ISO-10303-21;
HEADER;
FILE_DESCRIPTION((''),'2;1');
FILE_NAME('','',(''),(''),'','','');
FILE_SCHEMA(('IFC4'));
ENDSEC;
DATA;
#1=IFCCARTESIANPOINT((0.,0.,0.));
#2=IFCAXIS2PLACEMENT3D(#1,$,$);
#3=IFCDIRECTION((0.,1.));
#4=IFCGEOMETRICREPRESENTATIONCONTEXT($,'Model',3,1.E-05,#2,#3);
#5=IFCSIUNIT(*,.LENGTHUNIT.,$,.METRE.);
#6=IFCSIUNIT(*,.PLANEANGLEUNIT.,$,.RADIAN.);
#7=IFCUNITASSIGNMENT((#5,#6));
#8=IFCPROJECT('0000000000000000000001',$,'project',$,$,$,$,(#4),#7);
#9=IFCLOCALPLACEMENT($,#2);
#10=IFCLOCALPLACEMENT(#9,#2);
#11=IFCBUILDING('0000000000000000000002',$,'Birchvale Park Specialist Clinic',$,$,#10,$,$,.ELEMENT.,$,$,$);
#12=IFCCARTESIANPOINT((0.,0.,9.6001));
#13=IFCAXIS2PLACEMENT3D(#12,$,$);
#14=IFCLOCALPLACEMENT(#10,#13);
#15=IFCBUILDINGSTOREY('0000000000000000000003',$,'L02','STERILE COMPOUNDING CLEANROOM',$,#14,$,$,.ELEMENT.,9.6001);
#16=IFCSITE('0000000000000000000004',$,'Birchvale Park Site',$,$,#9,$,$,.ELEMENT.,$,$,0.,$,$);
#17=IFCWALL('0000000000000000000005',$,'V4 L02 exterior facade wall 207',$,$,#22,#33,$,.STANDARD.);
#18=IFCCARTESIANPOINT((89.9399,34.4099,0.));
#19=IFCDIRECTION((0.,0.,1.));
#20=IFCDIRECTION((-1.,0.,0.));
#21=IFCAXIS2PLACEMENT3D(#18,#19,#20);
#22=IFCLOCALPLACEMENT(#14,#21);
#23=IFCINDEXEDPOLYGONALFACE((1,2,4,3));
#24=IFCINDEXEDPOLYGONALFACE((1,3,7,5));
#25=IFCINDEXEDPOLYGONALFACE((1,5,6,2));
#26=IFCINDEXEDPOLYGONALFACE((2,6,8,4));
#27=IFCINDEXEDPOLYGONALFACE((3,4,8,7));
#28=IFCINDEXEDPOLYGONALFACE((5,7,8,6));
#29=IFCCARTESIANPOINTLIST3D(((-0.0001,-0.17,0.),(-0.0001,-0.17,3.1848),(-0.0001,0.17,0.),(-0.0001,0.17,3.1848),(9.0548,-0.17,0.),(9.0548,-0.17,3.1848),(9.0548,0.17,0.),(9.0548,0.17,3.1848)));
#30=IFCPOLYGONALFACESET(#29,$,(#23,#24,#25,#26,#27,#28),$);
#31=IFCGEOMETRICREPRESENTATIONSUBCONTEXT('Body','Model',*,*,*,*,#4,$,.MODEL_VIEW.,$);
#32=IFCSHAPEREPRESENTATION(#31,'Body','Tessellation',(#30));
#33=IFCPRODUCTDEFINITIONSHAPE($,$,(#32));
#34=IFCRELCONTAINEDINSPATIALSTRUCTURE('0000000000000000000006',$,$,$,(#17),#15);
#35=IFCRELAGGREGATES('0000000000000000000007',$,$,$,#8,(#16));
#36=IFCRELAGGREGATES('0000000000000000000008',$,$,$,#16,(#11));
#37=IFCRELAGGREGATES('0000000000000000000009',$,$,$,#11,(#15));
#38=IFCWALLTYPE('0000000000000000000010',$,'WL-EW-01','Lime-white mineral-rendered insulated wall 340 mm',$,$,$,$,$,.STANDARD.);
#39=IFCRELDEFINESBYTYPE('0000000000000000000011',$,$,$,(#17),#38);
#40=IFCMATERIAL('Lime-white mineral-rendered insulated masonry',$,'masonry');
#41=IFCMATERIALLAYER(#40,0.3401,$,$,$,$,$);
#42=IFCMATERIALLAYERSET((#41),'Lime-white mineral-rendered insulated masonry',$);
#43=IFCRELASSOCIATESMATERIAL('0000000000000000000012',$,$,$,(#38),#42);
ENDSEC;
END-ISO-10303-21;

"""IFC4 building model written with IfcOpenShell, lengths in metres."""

from ifc_helpers import new_model, si_unit, direction, frame, frame_2d, origin, place, context, subcontext, project, spatial, rectangle, extrude, material, layer, layer_set, type_object, element, save


model = new_model("IFC4")

# Units and contexts
model_context = context("Model", 3, precision=1e-05, world=origin(), true_north=direction((0.0, 1.0)))
body_context = subcontext(model_context, "Body", "Model", "MODEL_VIEW")
ifc_project = project(units=[si_unit("LENGTHUNIT", "METRE"), si_unit("PLANEANGLEUNIT", "RADIAN")], contexts=[model_context])

# Site, building, storey
site_placement = place(None, origin())
site = spatial("IfcSite", under=ifc_project, at=site_placement, Name="Birchvale Park Site", CompositionType="ELEMENT", RefElevation=0.0)
building_placement = place(site_placement, origin())
building = spatial("IfcBuilding", under=site, at=building_placement, Name="Birchvale Park Specialist Clinic", CompositionType="ELEMENT")
storey_placement = place(building_placement, frame((0.0, 0.0, 9.6001)))
storey = spatial("IfcBuildingStorey", under=building, at=storey_placement, Name="L02", Description="STERILE COMPOUNDING CLEANROOM", CompositionType="ELEMENT", Elevation=9.6001)

# Wall
ifc_material_1 = material(Name="Lime-white mineral-rendered insulated masonry", Category="masonry")
ifc_layer_1 = layer(ifc_material_1, 0.3401)
ifc_layer_set_1 = layer_set([ifc_layer_1], Name="Lime-white mineral-rendered insulated masonry")
wall_type_1 = type_object("IfcWallType", Name="WL-EW-01", Description="Lime-white mineral-rendered insulated wall 340 mm", PredefinedType="STANDARD", material=ifc_layer_set_1)
wall_1_placement = place(storey_placement, frame((89.9399, 34.4099, 0.0), z_axis=(0.0, 0.0, 1.0), x_axis=(-1.0, 0.0, 0.0)))
element("IfcWall", 1, at=wall_1_placement, inside=storey, type_object=wall_type_1, Name="V4 L02 exterior facade wall 207", PredefinedType="STANDARD", context=body_context, shape_type="SweptSolid", body=[
    extrude(rectangle(XDim=9.0549, YDim=0.3401, at=frame_2d((4.5273, 0.0))), origin(), (0.0, 0.0, 1.0), 3.1848),
])

save(model, "model.ifc")
